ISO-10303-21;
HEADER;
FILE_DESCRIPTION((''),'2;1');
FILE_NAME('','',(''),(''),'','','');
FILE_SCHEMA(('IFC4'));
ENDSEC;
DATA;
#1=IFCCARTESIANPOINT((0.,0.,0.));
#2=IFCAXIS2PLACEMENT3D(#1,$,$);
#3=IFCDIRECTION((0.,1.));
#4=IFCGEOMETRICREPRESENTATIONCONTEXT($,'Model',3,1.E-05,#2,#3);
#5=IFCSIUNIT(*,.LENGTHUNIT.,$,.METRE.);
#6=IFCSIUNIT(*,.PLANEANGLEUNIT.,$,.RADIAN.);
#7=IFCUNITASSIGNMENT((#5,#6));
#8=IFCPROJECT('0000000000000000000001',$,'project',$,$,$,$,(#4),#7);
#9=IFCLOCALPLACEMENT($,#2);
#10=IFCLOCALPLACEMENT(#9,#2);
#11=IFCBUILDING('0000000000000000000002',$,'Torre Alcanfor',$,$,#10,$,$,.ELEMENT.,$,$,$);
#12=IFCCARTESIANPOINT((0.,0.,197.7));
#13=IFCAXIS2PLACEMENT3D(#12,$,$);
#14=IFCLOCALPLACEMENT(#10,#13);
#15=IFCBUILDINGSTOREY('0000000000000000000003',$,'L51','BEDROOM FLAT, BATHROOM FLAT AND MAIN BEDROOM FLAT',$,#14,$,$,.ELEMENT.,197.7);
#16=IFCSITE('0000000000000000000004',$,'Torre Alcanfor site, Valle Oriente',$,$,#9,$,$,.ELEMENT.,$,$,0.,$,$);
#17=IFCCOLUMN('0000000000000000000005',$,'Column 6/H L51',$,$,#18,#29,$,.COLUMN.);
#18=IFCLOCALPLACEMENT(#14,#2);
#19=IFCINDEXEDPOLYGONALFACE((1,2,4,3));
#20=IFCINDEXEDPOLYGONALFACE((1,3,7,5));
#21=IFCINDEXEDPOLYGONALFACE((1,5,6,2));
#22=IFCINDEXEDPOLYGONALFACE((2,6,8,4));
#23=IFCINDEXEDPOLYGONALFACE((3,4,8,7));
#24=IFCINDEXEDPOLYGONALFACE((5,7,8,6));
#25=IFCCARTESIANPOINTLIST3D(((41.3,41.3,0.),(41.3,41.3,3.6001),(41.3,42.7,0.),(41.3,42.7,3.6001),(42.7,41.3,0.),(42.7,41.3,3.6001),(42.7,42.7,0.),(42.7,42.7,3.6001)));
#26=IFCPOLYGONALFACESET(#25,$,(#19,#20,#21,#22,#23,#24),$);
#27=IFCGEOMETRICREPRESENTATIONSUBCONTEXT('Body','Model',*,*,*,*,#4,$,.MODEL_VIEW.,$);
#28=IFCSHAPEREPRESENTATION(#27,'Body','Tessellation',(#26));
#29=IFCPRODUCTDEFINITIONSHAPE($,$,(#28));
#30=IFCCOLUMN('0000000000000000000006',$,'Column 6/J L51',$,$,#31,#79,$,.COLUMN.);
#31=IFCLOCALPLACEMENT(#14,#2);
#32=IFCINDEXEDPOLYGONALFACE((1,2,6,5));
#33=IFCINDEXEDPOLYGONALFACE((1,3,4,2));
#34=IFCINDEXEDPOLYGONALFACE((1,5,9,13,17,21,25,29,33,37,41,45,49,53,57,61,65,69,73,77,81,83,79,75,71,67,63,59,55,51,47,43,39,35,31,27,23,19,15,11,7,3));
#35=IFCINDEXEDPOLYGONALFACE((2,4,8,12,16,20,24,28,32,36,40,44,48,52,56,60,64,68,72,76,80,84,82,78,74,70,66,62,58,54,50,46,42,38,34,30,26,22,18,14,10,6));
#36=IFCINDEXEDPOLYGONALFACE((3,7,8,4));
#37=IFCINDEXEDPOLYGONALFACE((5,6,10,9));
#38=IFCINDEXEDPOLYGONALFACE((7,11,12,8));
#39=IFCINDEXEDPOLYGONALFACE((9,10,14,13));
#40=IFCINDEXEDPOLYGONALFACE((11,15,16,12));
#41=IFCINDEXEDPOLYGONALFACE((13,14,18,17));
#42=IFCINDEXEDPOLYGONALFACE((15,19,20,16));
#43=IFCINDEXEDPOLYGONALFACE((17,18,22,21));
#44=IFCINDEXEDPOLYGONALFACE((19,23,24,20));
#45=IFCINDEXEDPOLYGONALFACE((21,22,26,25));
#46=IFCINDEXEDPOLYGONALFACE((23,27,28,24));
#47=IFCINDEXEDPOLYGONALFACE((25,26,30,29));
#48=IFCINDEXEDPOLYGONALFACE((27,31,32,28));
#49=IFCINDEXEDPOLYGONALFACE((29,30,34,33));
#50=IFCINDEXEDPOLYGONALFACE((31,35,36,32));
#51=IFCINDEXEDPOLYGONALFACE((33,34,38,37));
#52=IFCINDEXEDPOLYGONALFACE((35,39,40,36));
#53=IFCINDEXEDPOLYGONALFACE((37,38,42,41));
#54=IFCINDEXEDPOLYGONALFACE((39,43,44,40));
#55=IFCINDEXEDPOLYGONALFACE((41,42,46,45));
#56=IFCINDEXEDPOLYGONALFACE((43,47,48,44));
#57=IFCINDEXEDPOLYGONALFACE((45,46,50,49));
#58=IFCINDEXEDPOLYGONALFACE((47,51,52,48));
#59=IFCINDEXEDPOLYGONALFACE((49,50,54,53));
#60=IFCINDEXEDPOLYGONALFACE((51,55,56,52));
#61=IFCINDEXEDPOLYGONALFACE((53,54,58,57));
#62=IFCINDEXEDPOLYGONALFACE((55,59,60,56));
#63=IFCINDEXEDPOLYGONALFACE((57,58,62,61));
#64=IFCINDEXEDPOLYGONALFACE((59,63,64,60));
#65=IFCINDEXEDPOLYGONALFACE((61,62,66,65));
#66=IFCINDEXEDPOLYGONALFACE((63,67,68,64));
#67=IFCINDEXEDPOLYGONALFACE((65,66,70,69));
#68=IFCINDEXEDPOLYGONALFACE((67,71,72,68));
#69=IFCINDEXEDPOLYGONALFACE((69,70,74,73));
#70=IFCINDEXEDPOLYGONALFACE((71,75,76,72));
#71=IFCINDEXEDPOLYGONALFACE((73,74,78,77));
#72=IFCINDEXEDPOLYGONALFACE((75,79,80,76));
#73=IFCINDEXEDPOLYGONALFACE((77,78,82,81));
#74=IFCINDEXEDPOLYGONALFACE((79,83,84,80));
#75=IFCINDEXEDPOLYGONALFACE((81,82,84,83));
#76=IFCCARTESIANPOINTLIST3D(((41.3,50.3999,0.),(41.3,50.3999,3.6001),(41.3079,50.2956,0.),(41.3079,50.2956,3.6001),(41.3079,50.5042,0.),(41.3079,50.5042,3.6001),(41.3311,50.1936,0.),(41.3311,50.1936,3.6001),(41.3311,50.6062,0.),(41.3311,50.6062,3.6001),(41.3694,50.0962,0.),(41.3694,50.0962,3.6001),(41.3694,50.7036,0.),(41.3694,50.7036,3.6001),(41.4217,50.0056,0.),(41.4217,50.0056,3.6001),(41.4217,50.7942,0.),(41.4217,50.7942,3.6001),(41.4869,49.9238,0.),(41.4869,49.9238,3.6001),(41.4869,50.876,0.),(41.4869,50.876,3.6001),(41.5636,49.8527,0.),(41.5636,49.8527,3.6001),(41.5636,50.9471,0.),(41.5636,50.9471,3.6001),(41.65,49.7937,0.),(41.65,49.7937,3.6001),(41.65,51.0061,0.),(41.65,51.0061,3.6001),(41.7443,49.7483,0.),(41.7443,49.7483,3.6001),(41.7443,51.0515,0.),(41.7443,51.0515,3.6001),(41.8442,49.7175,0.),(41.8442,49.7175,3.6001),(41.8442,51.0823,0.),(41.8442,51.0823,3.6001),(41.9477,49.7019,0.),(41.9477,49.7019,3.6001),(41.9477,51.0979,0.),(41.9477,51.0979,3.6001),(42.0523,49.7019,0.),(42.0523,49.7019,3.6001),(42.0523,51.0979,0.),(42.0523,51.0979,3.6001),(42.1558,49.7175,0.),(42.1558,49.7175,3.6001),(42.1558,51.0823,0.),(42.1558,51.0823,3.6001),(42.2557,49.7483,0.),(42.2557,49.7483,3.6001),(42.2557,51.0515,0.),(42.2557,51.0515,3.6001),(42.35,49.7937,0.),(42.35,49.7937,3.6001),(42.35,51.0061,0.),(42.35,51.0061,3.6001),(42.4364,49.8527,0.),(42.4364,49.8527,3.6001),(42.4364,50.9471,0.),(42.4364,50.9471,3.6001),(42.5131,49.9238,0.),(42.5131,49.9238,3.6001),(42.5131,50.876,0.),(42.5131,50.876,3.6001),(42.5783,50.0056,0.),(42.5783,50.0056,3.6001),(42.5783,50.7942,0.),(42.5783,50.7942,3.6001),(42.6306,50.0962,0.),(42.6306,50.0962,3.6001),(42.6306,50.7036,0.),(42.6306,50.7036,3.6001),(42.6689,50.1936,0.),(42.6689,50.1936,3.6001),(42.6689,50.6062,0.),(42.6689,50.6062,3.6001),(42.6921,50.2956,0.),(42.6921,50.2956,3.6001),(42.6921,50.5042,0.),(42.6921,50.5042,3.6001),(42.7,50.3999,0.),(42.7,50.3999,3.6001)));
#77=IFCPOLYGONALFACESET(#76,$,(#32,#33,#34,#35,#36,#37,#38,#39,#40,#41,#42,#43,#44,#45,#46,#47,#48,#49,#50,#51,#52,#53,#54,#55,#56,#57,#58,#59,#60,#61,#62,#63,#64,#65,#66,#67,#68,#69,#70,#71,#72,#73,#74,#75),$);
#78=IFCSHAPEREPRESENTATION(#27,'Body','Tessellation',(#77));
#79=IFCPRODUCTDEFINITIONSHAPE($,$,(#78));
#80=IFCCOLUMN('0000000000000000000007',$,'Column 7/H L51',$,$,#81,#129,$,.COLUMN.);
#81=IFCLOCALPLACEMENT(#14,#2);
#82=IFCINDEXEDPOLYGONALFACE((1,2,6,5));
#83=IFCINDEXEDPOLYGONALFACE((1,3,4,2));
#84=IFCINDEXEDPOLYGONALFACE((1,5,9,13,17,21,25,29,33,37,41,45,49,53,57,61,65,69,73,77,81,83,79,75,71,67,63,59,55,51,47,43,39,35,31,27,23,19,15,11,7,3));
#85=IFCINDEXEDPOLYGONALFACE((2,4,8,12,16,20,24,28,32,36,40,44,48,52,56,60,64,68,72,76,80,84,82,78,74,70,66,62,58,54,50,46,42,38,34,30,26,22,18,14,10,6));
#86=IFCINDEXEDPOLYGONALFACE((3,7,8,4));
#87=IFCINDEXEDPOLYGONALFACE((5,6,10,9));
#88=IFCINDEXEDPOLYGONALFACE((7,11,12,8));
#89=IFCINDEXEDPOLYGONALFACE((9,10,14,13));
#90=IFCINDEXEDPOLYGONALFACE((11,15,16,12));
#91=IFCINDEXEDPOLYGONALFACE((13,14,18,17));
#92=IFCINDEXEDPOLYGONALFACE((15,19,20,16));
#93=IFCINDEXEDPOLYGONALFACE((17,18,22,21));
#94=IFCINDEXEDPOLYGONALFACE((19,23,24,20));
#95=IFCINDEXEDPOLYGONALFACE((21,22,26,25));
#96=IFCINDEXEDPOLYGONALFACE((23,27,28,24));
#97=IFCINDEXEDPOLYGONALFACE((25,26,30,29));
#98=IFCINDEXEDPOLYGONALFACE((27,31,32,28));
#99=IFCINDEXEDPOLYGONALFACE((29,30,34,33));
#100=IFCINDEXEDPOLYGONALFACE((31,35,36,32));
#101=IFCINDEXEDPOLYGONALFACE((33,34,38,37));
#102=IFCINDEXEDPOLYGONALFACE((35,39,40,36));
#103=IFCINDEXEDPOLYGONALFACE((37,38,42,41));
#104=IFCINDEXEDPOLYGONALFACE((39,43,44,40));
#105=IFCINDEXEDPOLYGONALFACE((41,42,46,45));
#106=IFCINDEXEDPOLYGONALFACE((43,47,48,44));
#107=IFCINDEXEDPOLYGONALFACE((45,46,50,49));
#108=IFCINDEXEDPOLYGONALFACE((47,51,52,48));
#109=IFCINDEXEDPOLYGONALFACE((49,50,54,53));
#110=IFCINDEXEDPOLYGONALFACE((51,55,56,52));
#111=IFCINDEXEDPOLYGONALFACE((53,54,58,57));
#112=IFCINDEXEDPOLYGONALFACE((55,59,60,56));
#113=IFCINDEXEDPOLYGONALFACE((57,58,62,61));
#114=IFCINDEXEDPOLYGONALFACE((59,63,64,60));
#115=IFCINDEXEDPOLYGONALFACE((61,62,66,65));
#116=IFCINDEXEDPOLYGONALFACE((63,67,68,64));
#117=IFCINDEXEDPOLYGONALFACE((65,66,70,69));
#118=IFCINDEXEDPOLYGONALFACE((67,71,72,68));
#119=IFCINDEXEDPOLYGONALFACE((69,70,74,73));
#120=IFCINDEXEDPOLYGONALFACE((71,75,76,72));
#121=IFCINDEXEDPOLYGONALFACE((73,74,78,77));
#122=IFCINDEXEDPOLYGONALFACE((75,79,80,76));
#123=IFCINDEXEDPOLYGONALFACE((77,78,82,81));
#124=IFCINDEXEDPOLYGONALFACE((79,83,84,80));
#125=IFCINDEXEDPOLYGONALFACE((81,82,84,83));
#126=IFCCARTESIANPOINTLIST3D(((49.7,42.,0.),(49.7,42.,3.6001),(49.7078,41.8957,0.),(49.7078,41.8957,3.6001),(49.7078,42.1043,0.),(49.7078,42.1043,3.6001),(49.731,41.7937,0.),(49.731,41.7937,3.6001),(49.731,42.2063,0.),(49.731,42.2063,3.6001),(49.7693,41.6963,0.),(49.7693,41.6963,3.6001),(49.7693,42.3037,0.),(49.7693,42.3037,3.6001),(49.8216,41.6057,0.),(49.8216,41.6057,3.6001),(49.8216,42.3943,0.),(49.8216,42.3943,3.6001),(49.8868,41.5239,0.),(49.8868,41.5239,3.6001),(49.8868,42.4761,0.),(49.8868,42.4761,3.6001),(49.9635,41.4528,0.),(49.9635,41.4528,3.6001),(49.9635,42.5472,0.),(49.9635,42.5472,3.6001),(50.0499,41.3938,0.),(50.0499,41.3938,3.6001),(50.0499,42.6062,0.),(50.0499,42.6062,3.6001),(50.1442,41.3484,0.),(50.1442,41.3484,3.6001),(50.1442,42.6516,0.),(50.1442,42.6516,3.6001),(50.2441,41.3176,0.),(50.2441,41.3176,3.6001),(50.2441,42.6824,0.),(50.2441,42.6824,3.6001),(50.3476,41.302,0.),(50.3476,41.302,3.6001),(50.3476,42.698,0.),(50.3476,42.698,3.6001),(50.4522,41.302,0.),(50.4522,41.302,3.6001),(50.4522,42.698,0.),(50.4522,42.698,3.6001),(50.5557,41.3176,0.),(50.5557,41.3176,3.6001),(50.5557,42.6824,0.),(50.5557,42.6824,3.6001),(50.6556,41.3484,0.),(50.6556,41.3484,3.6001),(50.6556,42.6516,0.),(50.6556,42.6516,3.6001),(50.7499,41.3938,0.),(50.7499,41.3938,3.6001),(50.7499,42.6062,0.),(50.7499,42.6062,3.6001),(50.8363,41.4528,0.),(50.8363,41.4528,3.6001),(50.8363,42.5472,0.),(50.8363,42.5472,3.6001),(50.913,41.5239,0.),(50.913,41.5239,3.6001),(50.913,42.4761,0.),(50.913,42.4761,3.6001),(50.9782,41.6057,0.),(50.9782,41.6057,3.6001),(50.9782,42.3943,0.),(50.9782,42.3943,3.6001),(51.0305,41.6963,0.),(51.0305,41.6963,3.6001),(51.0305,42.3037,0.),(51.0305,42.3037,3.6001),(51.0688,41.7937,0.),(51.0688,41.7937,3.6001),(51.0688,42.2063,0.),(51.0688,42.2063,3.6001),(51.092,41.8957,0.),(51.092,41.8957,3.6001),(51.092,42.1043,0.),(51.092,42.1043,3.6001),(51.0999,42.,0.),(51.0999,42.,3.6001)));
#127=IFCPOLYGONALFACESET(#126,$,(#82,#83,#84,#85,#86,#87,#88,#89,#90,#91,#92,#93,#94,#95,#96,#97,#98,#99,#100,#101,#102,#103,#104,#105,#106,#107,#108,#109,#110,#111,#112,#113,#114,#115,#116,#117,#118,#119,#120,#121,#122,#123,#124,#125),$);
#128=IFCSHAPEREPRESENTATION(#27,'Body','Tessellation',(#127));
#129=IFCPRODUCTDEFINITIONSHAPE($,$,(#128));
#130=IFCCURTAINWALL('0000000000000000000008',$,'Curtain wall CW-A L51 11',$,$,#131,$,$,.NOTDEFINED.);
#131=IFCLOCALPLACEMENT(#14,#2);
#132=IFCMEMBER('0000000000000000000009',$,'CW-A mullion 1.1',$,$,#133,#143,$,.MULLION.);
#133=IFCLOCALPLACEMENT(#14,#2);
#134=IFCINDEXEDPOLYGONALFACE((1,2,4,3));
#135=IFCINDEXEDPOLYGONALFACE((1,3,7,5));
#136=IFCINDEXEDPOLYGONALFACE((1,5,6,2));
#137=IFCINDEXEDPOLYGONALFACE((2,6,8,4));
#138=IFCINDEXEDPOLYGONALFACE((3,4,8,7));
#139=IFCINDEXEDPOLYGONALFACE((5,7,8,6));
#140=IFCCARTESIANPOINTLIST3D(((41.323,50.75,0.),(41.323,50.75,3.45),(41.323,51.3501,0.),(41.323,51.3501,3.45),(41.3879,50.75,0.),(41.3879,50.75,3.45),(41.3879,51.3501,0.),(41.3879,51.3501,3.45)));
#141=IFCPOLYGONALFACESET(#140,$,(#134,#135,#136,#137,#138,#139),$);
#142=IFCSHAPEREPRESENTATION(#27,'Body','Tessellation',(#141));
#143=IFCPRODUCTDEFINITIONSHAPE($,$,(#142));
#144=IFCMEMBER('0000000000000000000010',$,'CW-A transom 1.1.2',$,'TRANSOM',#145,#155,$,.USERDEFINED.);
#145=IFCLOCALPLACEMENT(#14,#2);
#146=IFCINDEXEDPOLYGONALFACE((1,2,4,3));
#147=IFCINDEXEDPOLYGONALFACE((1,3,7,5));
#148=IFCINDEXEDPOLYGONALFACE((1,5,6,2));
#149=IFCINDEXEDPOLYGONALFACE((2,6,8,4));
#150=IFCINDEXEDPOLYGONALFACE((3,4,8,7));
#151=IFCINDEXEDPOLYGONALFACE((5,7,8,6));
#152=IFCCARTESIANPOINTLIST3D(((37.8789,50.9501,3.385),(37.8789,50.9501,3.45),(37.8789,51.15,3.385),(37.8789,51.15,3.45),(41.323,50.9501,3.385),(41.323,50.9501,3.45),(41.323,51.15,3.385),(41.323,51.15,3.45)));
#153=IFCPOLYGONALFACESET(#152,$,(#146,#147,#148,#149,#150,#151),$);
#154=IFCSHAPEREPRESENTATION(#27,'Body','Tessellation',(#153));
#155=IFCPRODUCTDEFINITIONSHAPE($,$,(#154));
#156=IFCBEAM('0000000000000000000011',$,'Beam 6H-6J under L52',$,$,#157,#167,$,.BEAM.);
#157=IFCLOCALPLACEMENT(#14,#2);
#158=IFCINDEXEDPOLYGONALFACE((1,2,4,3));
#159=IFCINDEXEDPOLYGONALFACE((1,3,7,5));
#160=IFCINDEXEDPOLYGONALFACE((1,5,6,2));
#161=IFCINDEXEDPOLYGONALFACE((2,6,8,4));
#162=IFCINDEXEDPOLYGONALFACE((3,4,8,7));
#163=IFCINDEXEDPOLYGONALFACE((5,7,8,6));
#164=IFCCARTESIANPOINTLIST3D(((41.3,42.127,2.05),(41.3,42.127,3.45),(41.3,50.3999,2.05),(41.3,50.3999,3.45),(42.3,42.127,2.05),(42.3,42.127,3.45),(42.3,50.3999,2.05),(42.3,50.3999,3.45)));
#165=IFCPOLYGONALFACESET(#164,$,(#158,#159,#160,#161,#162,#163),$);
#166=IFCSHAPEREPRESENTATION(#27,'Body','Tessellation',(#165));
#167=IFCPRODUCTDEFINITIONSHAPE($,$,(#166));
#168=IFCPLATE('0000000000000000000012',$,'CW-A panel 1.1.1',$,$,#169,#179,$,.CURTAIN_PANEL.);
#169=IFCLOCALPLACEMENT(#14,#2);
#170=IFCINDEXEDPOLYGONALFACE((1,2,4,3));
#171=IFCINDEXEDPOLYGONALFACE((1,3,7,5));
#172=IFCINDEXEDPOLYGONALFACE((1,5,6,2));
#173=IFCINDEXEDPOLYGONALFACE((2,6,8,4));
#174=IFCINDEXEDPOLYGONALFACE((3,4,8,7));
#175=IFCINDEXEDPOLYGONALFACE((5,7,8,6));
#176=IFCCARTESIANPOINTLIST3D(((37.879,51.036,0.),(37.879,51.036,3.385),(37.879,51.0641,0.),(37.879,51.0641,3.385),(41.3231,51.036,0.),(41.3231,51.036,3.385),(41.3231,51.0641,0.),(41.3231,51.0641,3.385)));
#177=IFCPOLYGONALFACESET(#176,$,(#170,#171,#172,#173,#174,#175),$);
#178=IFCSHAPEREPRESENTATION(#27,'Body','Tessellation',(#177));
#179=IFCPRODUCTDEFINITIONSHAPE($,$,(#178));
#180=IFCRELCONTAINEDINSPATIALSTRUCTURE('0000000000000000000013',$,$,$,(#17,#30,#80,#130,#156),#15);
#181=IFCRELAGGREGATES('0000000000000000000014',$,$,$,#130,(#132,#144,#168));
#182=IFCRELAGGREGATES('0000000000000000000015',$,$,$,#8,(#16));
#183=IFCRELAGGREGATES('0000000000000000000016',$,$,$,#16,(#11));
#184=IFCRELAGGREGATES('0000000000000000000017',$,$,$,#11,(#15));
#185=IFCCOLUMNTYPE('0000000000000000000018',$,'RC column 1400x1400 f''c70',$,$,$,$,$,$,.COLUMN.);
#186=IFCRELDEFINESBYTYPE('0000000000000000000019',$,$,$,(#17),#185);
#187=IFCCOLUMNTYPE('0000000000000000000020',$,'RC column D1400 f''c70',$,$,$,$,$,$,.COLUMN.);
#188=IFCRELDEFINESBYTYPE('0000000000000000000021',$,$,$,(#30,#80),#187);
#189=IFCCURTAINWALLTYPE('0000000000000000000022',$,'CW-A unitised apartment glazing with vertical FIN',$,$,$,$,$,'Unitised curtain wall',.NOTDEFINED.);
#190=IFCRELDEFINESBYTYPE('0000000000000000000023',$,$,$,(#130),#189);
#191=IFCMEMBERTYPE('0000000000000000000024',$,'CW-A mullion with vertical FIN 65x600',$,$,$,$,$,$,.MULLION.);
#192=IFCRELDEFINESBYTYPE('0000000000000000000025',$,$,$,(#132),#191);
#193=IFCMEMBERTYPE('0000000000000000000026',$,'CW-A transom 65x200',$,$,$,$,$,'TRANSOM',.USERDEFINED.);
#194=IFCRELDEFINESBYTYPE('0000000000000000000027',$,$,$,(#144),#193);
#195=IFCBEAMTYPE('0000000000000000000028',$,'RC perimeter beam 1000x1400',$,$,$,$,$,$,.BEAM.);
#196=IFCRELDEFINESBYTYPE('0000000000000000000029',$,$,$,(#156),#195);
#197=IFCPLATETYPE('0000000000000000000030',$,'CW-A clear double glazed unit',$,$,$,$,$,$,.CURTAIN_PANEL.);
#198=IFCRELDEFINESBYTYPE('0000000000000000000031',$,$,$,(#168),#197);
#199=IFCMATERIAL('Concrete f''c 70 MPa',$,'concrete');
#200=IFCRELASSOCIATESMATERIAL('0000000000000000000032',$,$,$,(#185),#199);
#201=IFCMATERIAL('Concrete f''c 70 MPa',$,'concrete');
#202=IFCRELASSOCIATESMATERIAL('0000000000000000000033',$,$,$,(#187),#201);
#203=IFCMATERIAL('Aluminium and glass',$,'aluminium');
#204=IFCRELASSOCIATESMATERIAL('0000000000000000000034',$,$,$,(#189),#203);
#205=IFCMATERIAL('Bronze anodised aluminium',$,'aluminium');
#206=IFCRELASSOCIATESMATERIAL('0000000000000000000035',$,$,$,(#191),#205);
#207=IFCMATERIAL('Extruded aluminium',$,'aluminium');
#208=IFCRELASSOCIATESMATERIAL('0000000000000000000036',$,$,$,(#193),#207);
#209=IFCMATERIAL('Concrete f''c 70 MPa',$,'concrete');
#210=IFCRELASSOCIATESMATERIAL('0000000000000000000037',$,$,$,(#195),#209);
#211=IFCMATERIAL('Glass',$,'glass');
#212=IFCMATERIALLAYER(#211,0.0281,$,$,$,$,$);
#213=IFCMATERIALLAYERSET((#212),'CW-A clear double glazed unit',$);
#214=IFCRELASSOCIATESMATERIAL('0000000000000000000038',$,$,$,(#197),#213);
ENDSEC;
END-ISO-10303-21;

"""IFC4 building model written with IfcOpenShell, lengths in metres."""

from ifc_helpers import new_model, si_unit, direction, frame, origin, origin_2d, place, context, subcontext, project, spatial, rectangle, circle, extrude, material, layer, layer_set, material_profile, profile_set, type_object, element, aggregate, save


model = new_model("IFC4")

# Units and contexts
model_context = context("Model", 3, precision=1e-05, world=origin(), true_north=direction((0.0, 1.0)))
body_context = subcontext(model_context, "Body", "Model", "MODEL_VIEW")
ifc_project = project(units=[si_unit("LENGTHUNIT", "METRE"), si_unit("PLANEANGLEUNIT", "RADIAN")], contexts=[model_context])

# Site, building, storey
site_placement = place(None, origin())
site = spatial("IfcSite", under=ifc_project, at=site_placement, Name="Torre Alcanfor site, Valle Oriente", CompositionType="ELEMENT", RefElevation=0.0)
building_placement = place(site_placement, origin())
building = spatial("IfcBuilding", under=site, at=building_placement, Name="Torre Alcanfor", CompositionType="ELEMENT")
storey_placement = place(building_placement, frame((0.0, 0.0, 197.7)))
storey = spatial("IfcBuildingStorey", under=building, at=storey_placement, Name="L51", Description="BEDROOM FLAT, BATHROOM FLAT AND MAIN BEDROOM FLAT", CompositionType="ELEMENT", Elevation=197.7)

# Columns
ifc_material_1 = material(Name="Concrete f'c 70 MPa", Category="concrete")
ifc_material_profile_1 = material_profile(ifc_material_1, rectangle(XDim=1.3999, YDim=1.3999, at=origin_2d()), Name="1400x1400")
ifc_profile_set_1 = profile_set([ifc_material_profile_1], Name="Concrete f'c 70 MPa")
column_type_1 = type_object("IfcColumnType", Name="RC column 1400x1400 f'c70", PredefinedType="COLUMN", material=ifc_profile_set_1)
column_placement = place(storey_placement, frame((42.0, 42.0, 0.0), z_axis=(0.0, 0.0, 1.0), x_axis=(1.0, 0.0, 0.0)))
element("IfcColumn", 1, at=column_placement, inside=storey, type_object=column_type_1, Name="Column 6/H L51", PredefinedType="COLUMN", context=body_context, shape_type="SweptSolid", body=[
    extrude(rectangle(XDim=1.3999, YDim=1.3999, at=origin_2d()), origin(), (0.0, 0.0, 1.0), 3.6001),
])
ifc_material_2 = material(Name="Concrete f'c 70 MPa", Category="concrete")
ifc_material_profile_2 = material_profile(ifc_material_2, circle(Radius=0.7, at=origin_2d()), Name="D1400")
ifc_profile_set_2 = profile_set([ifc_material_profile_2], Name="Concrete f'c 70 MPa")
column_type_2 = type_object("IfcColumnType", Name="RC column D1400 f'c70", PredefinedType="COLUMN", material=ifc_profile_set_2)
for number, where, z_axis, x_axis, name in (
    (2, (42.0, 50.3999, 0.0), (0.0, 0.0, 1.0), (1.0, 0.0, 0.0), "Column 6/J L51"),
    (3, (50.3999, 42.0, 0.0), (0.0, 0.0, 1.0), (1.0, 0.0, 0.0), "Column 7/H L51"),
):
    element("IfcColumn", number, at=place(storey_placement, frame(where, z_axis=z_axis, x_axis=x_axis)), inside=storey, type_object=column_type_2, Name=name, PredefinedType="COLUMN", context=body_context, shape_type="SweptSolid", body=[
        extrude(circle(Radius=0.7, at=origin_2d()), origin(), (0.0, 0.0, 1.0), 3.6001),
    ])

# Curtain wall, members
ifc_material_3 = material(Name="Aluminium and glass", Category="aluminium")
curtain_wall_type = type_object("IfcCurtainWallType", Name="CW-A unitised apartment glazing with vertical FIN", ElementType="Unitised curtain wall", PredefinedType="NOTDEFINED", material=ifc_material_3)
curtain_wall_placement = place(storey_placement, origin())
curtain_wall = element("IfcCurtainWall", 4, at=curtain_wall_placement, inside=storey, type_object=curtain_wall_type, Name="Curtain wall CW-A L51 11", PredefinedType="NOTDEFINED")
ifc_material_4 = material(Name="Bronze anodised aluminium", Category="aluminium")
ifc_material_profile_3 = material_profile(ifc_material_4, rectangle(XDim=0.6001, YDim=0.0649, at=origin_2d()), Name="CW-A mullion 65x600")
ifc_profile_set_3 = profile_set([ifc_material_profile_3], Name="Bronze anodised aluminium")
member_type_1 = type_object("IfcMemberType", Name="CW-A mullion with vertical FIN 65x600", PredefinedType="MULLION", material=ifc_profile_set_3)
member_1_placement = place(storey_placement, frame((41.3555, 51.05, 0.0), z_axis=(0.0, 0.0, 1.0), x_axis=(0.0, -1.0, 0.0)))
member_1 = element("IfcMember", 5, at=member_1_placement, type_object=member_type_1, Name="CW-A mullion 1.1", PredefinedType="MULLION", context=body_context, shape_type="SweptSolid", body=[
    extrude(rectangle(XDim=0.6001, YDim=0.0649, at=origin_2d()), origin(), (0.0, 0.0, 1.0), 3.45),
])
ifc_material_5 = material(Name="Extruded aluminium", Category="aluminium")
ifc_material_profile_4 = material_profile(ifc_material_5, rectangle(XDim=0.2, YDim=0.0649, at=origin_2d()), Name="CW-A transom 200x65")
ifc_profile_set_4 = profile_set([ifc_material_profile_4], Name="Extruded aluminium")
member_type_2 = type_object("IfcMemberType", Name="CW-A transom 65x200", ElementType="TRANSOM", PredefinedType="USERDEFINED", material=ifc_profile_set_4)
member_2_placement = place(storey_placement, frame((41.323, 51.05, 3.4175), z_axis=(-1.0, 0.0, 0.0), x_axis=(0.0, -1.0, 0.0)))
member_2 = element("IfcMember", 6, at=member_2_placement, type_object=member_type_2, Name="CW-A transom 1.1.2", ObjectType="TRANSOM", PredefinedType="USERDEFINED", context=body_context, shape_type="SweptSolid", body=[
    extrude(rectangle(XDim=0.2, YDim=0.0649, at=origin_2d()), origin(), (0.0, 0.0, 1.0), 3.4441),
])

# Beam
ifc_material_6 = material(Name="Concrete f'c 70 MPa", Category="concrete")
ifc_material_profile_5 = material_profile(ifc_material_6, rectangle(XDim=1.0, YDim=1.3999, at=origin_2d()), Name="1000x1400")
ifc_profile_set_5 = profile_set([ifc_material_profile_5], Name="Concrete f'c 70 MPa")
beam_type = type_object("IfcBeamType", Name="RC perimeter beam 1000x1400", PredefinedType="BEAM", material=ifc_profile_set_5)
beam_placement = place(storey_placement, frame((41.8, 42.127, 2.75), z_axis=(0.0, 1.0, 0.0), x_axis=(-1.0, 0.0, 0.0)))
element("IfcBeam", 7, at=beam_placement, inside=storey, type_object=beam_type, Name="Beam 6H-6J under L52", PredefinedType="BEAM", context=body_context, shape_type="SweptSolid", body=[
    extrude(rectangle(XDim=1.0, YDim=1.3999, at=origin_2d()), origin(), (0.0, 0.0, 1.0), 8.2729),
])

# Plate
ifc_material_7 = material(Name="Glass", Category="glass")
ifc_layer_1 = layer(ifc_material_7, 0.0281)
ifc_layer_set_1 = layer_set([ifc_layer_1], Name="CW-A clear double glazed unit")
plate_type = type_object("IfcPlateType", Name="CW-A clear double glazed unit", PredefinedType="CURTAIN_PANEL", material=ifc_layer_set_1)
plate_placement = place(storey_placement, frame((39.6011, 51.05, 0.0), z_axis=(0.0, 0.0, 1.0), x_axis=(-1.0, 0.0, 0.0)))
plate = element("IfcPlate", 8, at=plate_placement, type_object=plate_type, Name="CW-A panel 1.1.1", PredefinedType="CURTAIN_PANEL", context=body_context, shape_type="SweptSolid", body=[
    extrude(rectangle(XDim=3.4441, YDim=0.0281, at=origin_2d()), origin(), (0.0, 0.0, 1.0), 3.385),
])
aggregate(curtain_wall, [member_1, member_2, plate])

save(model, "model.ifc")
